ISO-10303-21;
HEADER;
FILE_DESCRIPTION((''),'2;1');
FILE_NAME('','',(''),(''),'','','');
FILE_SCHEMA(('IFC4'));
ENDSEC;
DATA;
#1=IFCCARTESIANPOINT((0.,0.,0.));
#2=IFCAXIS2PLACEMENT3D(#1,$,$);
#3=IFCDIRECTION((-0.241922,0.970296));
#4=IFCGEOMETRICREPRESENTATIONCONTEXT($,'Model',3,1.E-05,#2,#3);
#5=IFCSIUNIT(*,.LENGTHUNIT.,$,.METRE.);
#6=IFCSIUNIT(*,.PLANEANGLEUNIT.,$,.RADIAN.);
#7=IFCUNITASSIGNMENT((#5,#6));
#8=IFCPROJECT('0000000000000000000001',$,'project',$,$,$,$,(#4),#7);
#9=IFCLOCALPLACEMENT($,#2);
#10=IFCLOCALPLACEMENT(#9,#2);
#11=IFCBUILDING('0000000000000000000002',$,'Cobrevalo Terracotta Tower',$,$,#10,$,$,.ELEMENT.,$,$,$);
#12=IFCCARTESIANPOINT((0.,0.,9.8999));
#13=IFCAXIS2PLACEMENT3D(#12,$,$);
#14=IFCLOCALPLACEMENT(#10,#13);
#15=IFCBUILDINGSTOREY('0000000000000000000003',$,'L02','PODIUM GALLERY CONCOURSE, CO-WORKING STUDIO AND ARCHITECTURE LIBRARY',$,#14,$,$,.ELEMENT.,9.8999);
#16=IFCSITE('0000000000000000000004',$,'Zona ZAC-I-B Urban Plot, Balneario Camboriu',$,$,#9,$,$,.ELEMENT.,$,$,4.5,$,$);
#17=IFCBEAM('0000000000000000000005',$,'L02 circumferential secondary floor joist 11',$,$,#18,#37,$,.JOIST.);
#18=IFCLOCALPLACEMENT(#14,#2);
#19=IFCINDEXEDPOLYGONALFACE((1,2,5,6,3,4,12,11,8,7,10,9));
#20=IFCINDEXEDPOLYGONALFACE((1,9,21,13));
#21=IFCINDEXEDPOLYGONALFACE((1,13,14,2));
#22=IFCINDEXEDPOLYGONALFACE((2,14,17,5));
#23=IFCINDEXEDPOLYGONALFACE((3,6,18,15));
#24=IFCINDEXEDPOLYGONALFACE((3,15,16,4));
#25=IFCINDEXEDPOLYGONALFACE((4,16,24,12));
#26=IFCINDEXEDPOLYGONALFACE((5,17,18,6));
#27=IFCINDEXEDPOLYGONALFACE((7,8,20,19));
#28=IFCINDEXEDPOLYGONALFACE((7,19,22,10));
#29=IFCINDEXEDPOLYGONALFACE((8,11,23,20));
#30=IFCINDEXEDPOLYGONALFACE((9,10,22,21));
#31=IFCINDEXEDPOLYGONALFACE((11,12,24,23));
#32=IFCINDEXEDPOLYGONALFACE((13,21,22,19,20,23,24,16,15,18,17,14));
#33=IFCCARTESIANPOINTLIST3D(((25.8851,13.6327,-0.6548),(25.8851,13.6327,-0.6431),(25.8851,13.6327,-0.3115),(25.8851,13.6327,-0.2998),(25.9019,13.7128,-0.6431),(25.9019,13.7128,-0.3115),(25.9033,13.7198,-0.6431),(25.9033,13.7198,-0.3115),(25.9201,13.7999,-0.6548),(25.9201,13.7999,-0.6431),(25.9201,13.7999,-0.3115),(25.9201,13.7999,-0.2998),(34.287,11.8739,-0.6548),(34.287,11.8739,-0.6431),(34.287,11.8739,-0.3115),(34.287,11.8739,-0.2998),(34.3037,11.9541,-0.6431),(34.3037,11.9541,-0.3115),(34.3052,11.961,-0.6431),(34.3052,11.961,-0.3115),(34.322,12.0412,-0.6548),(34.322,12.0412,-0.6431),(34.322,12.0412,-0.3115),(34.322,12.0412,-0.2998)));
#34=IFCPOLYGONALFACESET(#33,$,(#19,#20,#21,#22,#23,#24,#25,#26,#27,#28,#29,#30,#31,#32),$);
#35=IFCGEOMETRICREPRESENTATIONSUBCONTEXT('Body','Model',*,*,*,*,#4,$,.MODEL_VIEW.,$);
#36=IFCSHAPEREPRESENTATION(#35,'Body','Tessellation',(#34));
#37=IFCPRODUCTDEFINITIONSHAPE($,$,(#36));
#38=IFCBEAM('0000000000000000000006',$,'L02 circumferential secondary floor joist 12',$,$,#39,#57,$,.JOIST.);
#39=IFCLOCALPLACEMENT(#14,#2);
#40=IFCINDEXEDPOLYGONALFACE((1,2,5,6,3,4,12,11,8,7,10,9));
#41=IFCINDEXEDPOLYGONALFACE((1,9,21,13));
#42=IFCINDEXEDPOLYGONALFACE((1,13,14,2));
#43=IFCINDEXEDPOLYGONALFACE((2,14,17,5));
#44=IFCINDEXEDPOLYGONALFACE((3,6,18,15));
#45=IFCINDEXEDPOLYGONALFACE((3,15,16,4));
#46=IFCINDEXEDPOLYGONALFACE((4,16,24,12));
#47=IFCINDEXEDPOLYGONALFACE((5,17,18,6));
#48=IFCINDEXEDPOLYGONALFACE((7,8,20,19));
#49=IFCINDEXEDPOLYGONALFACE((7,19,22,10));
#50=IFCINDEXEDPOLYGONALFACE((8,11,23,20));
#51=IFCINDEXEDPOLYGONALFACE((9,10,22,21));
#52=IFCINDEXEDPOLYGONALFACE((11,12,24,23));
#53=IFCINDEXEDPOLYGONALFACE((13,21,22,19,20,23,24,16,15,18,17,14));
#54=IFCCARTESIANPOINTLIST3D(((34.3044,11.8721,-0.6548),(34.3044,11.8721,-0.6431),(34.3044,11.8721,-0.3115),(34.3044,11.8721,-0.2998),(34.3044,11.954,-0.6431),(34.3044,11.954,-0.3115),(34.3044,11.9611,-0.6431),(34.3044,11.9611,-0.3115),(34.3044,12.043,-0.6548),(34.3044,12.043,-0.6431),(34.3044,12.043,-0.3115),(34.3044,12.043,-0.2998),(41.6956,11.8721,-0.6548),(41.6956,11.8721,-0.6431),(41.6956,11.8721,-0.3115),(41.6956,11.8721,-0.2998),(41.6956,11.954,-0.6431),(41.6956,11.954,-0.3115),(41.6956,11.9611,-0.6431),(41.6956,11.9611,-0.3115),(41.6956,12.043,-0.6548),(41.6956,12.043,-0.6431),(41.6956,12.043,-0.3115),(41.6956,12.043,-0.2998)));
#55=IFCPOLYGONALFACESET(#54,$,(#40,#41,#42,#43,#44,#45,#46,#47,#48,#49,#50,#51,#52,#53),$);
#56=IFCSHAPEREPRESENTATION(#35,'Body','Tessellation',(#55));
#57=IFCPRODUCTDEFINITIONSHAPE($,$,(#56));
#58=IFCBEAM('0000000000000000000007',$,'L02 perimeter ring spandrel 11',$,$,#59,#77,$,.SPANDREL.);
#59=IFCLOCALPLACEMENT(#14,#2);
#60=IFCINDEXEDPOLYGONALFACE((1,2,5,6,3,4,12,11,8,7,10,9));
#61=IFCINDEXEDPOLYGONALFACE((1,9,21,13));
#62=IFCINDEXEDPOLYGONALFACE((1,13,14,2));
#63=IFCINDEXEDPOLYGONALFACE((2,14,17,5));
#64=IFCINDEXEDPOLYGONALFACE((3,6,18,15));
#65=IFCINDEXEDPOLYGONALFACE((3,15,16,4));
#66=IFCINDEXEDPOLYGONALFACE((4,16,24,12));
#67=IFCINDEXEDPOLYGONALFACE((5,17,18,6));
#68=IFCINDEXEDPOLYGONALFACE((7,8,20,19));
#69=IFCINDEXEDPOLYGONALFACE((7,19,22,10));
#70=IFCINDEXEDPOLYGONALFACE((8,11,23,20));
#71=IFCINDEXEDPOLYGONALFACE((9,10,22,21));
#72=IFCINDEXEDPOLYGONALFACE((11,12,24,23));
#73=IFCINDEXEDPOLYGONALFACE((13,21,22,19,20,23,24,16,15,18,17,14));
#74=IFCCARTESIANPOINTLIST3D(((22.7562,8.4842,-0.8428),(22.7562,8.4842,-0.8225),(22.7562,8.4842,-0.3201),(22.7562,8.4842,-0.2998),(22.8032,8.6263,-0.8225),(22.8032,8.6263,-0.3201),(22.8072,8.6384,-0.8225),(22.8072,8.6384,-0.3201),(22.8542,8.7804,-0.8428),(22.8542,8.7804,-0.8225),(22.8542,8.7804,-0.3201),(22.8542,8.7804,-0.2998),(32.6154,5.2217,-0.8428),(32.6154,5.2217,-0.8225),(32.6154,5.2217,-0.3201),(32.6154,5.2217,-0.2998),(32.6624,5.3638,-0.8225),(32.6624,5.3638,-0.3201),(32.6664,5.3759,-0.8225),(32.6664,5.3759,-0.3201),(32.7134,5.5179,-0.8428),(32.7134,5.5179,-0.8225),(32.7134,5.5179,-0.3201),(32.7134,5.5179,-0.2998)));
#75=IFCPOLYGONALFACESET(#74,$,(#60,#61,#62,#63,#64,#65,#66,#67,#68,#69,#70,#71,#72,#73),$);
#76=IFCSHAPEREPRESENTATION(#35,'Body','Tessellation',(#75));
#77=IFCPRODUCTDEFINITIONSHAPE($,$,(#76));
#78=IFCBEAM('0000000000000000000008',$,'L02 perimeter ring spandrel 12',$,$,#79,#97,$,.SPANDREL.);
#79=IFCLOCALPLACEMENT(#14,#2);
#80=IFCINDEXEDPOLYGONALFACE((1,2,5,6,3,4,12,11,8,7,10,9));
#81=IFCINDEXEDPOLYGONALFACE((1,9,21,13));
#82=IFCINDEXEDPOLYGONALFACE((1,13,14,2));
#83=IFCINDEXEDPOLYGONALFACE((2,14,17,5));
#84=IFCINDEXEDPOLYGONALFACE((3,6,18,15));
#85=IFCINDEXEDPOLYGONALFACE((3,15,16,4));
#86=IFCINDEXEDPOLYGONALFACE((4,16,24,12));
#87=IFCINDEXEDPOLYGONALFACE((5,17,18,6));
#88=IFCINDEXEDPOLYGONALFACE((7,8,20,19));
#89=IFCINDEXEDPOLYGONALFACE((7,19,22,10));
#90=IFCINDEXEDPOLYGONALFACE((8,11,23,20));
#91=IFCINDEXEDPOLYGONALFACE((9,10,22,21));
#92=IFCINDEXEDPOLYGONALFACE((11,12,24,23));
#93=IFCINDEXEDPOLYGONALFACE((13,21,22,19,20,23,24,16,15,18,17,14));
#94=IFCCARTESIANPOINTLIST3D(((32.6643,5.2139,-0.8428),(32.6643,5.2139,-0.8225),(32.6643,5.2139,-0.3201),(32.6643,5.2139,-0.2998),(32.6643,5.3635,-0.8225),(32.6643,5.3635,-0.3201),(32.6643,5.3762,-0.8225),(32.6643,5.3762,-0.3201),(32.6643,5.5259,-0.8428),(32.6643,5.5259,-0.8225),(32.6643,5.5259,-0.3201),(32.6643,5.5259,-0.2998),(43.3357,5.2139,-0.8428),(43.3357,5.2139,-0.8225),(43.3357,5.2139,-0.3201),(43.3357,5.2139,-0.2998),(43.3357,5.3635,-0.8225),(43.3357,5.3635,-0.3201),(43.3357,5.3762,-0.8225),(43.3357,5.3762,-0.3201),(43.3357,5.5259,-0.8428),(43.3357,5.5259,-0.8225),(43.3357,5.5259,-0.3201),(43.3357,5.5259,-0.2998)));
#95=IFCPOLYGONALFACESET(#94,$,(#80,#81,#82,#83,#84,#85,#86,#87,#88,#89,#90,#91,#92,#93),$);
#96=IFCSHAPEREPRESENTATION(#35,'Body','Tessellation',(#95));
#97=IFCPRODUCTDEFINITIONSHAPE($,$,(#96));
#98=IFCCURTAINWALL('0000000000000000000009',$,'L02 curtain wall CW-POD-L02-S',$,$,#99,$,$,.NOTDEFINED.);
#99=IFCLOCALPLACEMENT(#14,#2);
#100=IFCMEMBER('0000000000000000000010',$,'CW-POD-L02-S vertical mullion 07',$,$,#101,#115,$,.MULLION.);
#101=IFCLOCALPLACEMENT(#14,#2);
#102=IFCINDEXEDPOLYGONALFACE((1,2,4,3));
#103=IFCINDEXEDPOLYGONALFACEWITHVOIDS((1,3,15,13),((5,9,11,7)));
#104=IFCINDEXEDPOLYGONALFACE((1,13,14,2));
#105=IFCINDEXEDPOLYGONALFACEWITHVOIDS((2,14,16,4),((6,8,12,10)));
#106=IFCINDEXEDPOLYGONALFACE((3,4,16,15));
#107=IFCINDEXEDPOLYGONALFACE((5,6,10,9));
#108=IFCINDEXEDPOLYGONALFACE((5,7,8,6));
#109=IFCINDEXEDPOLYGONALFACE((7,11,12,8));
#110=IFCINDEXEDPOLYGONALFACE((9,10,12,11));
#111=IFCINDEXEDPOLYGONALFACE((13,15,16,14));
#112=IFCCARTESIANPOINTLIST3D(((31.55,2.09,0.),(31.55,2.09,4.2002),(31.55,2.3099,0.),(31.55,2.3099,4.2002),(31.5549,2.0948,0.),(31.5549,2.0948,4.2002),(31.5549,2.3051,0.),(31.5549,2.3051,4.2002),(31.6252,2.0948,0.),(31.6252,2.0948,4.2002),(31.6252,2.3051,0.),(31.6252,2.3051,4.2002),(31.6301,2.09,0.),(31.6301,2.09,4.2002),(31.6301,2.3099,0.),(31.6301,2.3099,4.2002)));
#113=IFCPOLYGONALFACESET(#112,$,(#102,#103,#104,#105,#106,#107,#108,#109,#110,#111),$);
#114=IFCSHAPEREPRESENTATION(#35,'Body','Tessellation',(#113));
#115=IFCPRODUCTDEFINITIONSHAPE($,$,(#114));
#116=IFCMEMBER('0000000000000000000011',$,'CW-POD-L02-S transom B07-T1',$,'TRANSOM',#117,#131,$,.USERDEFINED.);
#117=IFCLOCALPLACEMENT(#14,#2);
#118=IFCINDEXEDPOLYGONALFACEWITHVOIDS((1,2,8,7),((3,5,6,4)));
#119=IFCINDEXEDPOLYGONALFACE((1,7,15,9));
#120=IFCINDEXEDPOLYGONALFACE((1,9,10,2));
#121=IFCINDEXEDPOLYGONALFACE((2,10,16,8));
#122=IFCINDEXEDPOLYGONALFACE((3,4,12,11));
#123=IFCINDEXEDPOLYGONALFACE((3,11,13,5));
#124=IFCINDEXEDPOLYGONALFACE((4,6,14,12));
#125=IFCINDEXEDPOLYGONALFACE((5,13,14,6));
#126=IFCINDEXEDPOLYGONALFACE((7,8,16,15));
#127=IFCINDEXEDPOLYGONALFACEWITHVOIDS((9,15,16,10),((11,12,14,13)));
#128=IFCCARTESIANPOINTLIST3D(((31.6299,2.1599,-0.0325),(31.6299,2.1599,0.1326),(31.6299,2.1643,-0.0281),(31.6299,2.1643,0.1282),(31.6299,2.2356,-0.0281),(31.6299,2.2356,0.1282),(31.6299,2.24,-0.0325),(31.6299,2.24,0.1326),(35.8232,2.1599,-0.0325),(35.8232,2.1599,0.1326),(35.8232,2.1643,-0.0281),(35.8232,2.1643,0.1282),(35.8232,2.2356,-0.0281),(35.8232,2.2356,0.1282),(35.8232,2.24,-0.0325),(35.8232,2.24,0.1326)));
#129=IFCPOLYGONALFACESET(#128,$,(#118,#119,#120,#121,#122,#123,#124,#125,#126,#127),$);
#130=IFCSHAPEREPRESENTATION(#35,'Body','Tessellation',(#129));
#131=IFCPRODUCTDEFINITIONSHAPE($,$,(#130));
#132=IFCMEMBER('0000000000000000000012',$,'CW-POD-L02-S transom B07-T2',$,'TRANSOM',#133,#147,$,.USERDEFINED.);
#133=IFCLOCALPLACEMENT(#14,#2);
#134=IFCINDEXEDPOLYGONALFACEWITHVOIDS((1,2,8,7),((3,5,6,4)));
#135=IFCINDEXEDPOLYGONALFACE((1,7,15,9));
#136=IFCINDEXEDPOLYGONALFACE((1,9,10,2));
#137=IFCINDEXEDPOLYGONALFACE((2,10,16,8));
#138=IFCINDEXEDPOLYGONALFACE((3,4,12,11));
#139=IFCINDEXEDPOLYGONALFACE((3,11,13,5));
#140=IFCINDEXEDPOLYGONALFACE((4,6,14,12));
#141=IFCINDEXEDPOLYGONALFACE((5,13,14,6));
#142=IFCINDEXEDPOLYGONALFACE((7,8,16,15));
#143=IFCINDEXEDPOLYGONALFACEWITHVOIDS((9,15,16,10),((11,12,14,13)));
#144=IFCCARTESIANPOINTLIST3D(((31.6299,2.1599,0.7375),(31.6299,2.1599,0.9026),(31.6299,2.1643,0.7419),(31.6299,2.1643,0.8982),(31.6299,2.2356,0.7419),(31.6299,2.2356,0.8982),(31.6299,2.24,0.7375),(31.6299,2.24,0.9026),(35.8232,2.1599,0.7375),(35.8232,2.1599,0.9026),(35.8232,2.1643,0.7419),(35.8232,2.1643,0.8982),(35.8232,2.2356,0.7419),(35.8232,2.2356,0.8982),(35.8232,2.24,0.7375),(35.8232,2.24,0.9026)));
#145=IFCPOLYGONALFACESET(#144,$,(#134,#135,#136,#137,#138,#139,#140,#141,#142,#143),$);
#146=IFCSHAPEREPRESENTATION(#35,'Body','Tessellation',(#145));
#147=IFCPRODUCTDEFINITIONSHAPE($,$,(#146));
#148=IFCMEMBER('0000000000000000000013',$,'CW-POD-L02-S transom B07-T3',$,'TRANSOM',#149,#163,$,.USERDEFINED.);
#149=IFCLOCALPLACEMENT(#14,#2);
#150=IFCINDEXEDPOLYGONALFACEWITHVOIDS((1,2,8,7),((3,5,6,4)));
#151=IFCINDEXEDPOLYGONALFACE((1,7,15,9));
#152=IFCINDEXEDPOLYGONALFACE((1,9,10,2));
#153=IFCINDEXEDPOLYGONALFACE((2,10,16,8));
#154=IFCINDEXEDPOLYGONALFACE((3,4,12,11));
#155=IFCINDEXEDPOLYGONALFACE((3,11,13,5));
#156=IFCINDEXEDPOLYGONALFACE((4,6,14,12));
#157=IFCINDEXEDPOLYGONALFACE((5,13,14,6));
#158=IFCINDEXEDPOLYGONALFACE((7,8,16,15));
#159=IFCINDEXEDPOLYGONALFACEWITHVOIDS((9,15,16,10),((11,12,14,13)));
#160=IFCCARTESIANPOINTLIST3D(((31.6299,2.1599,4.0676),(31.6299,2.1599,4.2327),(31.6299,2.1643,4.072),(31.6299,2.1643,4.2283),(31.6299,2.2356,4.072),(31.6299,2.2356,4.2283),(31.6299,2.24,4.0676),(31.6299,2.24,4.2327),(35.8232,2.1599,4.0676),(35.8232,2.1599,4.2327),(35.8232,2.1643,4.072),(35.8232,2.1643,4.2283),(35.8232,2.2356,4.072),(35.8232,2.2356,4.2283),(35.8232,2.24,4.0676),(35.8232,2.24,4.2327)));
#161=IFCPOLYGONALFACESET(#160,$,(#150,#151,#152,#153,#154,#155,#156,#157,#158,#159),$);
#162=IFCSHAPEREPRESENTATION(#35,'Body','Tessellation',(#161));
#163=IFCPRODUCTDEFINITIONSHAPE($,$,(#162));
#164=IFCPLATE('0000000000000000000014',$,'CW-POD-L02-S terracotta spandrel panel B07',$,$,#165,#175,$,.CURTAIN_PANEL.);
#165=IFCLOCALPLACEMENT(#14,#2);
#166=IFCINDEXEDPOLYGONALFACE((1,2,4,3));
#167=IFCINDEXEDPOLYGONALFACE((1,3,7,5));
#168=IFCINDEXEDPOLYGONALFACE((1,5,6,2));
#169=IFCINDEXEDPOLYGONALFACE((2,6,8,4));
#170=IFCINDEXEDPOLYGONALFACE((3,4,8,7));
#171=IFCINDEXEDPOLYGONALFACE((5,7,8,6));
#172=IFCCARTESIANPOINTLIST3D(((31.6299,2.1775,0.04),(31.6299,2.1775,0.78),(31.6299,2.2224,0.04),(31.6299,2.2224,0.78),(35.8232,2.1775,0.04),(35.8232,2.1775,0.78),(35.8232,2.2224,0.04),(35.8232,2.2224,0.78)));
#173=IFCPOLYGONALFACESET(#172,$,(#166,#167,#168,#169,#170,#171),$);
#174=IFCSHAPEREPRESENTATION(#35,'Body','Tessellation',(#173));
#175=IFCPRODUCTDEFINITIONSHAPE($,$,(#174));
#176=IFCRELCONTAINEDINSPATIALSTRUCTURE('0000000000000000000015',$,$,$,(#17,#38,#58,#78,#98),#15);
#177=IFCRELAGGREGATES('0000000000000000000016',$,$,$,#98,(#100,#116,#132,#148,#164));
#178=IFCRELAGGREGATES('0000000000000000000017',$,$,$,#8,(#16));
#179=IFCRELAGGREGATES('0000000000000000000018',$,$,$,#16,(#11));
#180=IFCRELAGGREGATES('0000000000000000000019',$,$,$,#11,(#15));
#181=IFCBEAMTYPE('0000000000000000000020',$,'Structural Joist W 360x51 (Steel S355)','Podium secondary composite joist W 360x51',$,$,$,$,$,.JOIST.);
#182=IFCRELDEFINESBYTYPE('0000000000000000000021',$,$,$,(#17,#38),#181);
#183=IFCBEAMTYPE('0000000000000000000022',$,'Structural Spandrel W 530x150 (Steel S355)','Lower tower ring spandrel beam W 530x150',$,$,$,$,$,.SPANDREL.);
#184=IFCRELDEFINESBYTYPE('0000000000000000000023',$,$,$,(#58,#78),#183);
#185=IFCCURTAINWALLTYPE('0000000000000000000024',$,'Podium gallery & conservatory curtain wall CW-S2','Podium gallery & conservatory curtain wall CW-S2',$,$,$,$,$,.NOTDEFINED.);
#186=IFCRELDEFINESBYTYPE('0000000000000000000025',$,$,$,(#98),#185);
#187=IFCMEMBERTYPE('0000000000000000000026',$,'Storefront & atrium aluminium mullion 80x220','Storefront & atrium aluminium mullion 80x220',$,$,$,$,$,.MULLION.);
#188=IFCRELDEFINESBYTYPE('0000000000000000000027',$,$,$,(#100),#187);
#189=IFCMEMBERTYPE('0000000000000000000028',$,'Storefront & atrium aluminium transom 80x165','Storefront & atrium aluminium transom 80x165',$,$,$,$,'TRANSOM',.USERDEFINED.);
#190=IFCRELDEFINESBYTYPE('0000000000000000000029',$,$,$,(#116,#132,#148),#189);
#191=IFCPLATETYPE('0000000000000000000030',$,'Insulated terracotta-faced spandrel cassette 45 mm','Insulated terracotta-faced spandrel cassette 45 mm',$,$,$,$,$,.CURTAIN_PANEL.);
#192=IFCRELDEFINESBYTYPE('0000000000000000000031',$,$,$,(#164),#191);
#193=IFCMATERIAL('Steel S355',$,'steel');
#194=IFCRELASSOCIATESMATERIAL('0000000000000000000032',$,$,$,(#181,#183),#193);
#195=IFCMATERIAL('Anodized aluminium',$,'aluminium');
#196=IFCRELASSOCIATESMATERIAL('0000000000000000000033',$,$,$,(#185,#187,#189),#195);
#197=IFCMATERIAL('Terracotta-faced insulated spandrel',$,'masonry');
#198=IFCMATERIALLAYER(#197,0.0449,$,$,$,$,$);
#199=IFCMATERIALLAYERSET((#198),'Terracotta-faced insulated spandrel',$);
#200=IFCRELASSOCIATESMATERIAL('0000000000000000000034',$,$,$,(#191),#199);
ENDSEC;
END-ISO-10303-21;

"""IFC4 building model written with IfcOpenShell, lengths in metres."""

from ifc_helpers import new_model, si_unit, direction, frame, origin, origin_2d, place, context, subcontext, project, spatial, rectangle, hollow_rectangle, i_section, extrude, source, transform, mapped, material, layer, layer_set, material_profile, profile_set, type_object, element, aggregate, save


model = new_model("IFC4")

# Units and contexts
model_context = context("Model", 3, precision=1e-05, world=origin(), true_north=direction((-0.241922, 0.970296)))
body_context = subcontext(model_context, "Body", "Model", "MODEL_VIEW")
ifc_project = project(units=[si_unit("LENGTHUNIT", "METRE"), si_unit("PLANEANGLEUNIT", "RADIAN")], contexts=[model_context])

# Site, building, storey
site_placement = place(None, origin())
site = spatial("IfcSite", under=ifc_project, at=site_placement, Name="Zona ZAC-I-B Urban Plot, Balneario Camboriu", CompositionType="ELEMENT", RefElevation=4.5)
building_placement = place(site_placement, origin())
building = spatial("IfcBuilding", under=site, at=building_placement, Name="Cobrevalo Terracotta Tower", CompositionType="ELEMENT")
storey_placement = place(building_placement, frame((0.0, 0.0, 9.8999)))
storey = spatial("IfcBuildingStorey", under=building, at=storey_placement, Name="L02", Description="PODIUM GALLERY CONCOURSE, CO-WORKING STUDIO AND ARCHITECTURE LIBRARY", CompositionType="ELEMENT", Elevation=9.8999)

# Shared definitions
ifc_material_1 = material(Name="Steel S355", Category="steel")

# Beams
ifc_material_profile_1 = material_profile(ifc_material_1, i_section(OverallWidth=0.1709, OverallDepth=0.355, WebThickness=0.0071, FlangeThickness=0.0117, at=origin_2d()), Name="W 360x51")
ifc_profile_set_1 = profile_set([ifc_material_profile_1], Name="Steel S355")
beam_type_1 = type_object("IfcBeamType", Name="Structural Joist W 360x51 (Steel S355)", Description="Podium secondary composite joist W 360x51", PredefinedType="JOIST", material=ifc_profile_set_1)
beam_1_placement = place(storey_placement, frame((25.9026, 13.7163, -0.4773), z_axis=(0.978785, -0.204892, 0.0), x_axis=(0.204892, 0.978785, 0.0)))
element("IfcBeam", 1, at=beam_1_placement, inside=storey, type_object=beam_type_1, Name="L02 circumferential secondary floor joist 11", PredefinedType="JOIST", context=body_context, shape_type="SweptSolid", body=[
    extrude(i_section(OverallWidth=0.1709, OverallDepth=0.355, WebThickness=0.0071, FlangeThickness=0.0117, at=origin_2d()), origin(), (0.0, 0.0, 1.0), 8.584),
])
beam_2_placement = place(storey_placement, frame((34.3044, 11.9575, -0.4773), z_axis=(1.0, 0.0, 0.0), x_axis=(0.0, 1.0, 0.0)))
element("IfcBeam", 2, at=beam_2_placement, inside=storey, type_object=beam_type_1, Name="L02 circumferential secondary floor joist 12", PredefinedType="JOIST", context=body_context, shape_type="SweptSolid", body=[
    extrude(i_section(OverallWidth=0.1709, OverallDepth=0.355, WebThickness=0.0071, FlangeThickness=0.0117, at=origin_2d()), origin(), (0.0, 0.0, 1.0), 7.3911),
])
ifc_material_profile_2 = material_profile(ifc_material_1, i_section(OverallWidth=0.312, OverallDepth=0.543, WebThickness=0.0127, FlangeThickness=0.0203, at=origin_2d()), Name="W 530x150")
ifc_profile_set_2 = profile_set([ifc_material_profile_2], Name="Steel S355")
beam_type_2 = type_object("IfcBeamType", Name="Structural Spandrel W 530x150 (Steel S355)", Description="Lower tower ring spandrel beam W 530x150", PredefinedType="SPANDREL", material=ifc_profile_set_2)
beam_3_placement = place(storey_placement, frame((22.8052, 8.6323, -0.5713), z_axis=(0.949372, -0.314153, 0.0), x_axis=(0.314153, 0.949372, 0.0)))
element("IfcBeam", 3, at=beam_3_placement, inside=storey, type_object=beam_type_2, Name="L02 perimeter ring spandrel 11", PredefinedType="SPANDREL", context=body_context, shape_type="SweptSolid", body=[
    extrude(i_section(OverallWidth=0.312, OverallDepth=0.543, WebThickness=0.0127, FlangeThickness=0.0203, at=origin_2d()), origin(), (0.0, 0.0, 1.0), 10.385),
])
beam_4_placement = place(storey_placement, frame((32.6643, 5.3699, -0.5713), z_axis=(1.0, 0.0, 0.0), x_axis=(0.0, 1.0, 0.0)))
element("IfcBeam", 4, at=beam_4_placement, inside=storey, type_object=beam_type_2, Name="L02 perimeter ring spandrel 12", PredefinedType="SPANDREL", context=body_context, shape_type="SweptSolid", body=[
    extrude(i_section(OverallWidth=0.312, OverallDepth=0.543, WebThickness=0.0127, FlangeThickness=0.0203, at=origin_2d()), origin(), (0.0, 0.0, 1.0), 10.6714),
])

# Curtain wall, members, plate
ifc_material_2 = material(Name="Anodized aluminium", Category="aluminium")
curtain_wall_type = type_object("IfcCurtainWallType", Name="Podium gallery & conservatory curtain wall CW-S2", Description="Podium gallery & conservatory curtain wall CW-S2", PredefinedType="NOTDEFINED", material=ifc_material_2)
curtain_wall_placement = place(storey_placement, origin())
curtain_wall = element("IfcCurtainWall", 5, at=curtain_wall_placement, inside=storey, type_object=curtain_wall_type, Name="L02 curtain wall CW-POD-L02-S", PredefinedType="NOTDEFINED")
ifc_material_profile_3 = material_profile(ifc_material_2, hollow_rectangle(XDim=0.0801, YDim=0.22, WallThickness=0.0049, at=origin_2d()), Name="CWM 80x220")
ifc_profile_set_3 = profile_set([ifc_material_profile_3], Name="Anodized aluminium")
member_type_1 = type_object("IfcMemberType", Name="Storefront & atrium aluminium mullion 80x220", Description="Storefront & atrium aluminium mullion 80x220", PredefinedType="MULLION", material=ifc_profile_set_3)
shared_shape_1 = source(origin(), body_context, "Body", "SweptSolid", [
    extrude(hollow_rectangle(XDim=0.0801, YDim=0.22, WallThickness=0.0049, at=origin_2d()), origin(), (0.0, 0.0, 1.0), 4.2002),
])
member_1_placement = place(storey_placement, frame((31.5901, 2.2, 0.0), z_axis=(0.0, 0.0, 1.0), x_axis=(1.0, 0.0, 0.0)))
member_1 = element("IfcMember", 6, at=member_1_placement, type_object=member_type_1, Name="CW-POD-L02-S vertical mullion 07", PredefinedType="MULLION", context=body_context, shape_type="MappedRepresentation", body=[
    mapped(shared_shape_1, transform((0.0, 0.0, 0.0), scale=1.0)),
])
ifc_material_profile_4 = material_profile(ifc_material_2, hollow_rectangle(XDim=0.0801, YDim=0.165, WallThickness=0.0044, at=origin_2d()), Name="CWT 80x165")
ifc_profile_set_4 = profile_set([ifc_material_profile_4], Name="Anodized aluminium")
member_type_2 = type_object("IfcMemberType", Name="Storefront & atrium aluminium transom 80x165", Description="Storefront & atrium aluminium transom 80x165", ElementType="TRANSOM", PredefinedType="USERDEFINED", material=ifc_profile_set_4)
shared_shape_2 = source(origin(), body_context, "Body", "SweptSolid", [
    extrude(hollow_rectangle(XDim=0.0801, YDim=0.165, WallThickness=0.0044, at=origin_2d()), origin(), (0.0, 0.0, 1.0), 4.1934),
])
member_2_placement = place(storey_placement, frame((31.6299, 2.2, 0.05), z_axis=(1.0, 0.0, 0.0), x_axis=(0.0, 1.0, 0.0)))
member_2 = element("IfcMember", 7, at=member_2_placement, type_object=member_type_2, Name="CW-POD-L02-S transom B07-T1", ObjectType="TRANSOM", PredefinedType="USERDEFINED", context=body_context, shape_type="MappedRepresentation", body=[
    mapped(shared_shape_2, transform((0.0, 0.0, 0.0), scale=1.0)),
])
member_3_placement = place(storey_placement, frame((31.6299, 2.2, 0.8201), z_axis=(1.0, 0.0, 0.0), x_axis=(0.0, 1.0, 0.0)))
member_3 = element("IfcMember", 8, at=member_3_placement, type_object=member_type_2, Name="CW-POD-L02-S transom B07-T2", ObjectType="TRANSOM", PredefinedType="USERDEFINED", context=body_context, shape_type="MappedRepresentation", body=[
    mapped(shared_shape_2, transform((0.0, 0.0, 0.0), scale=1.0)),
])
member_4_placement = place(storey_placement, frame((31.6299, 2.2, 4.1501), z_axis=(1.0, 0.0, 0.0), x_axis=(0.0, 1.0, 0.0)))
member_4 = element("IfcMember", 9, at=member_4_placement, type_object=member_type_2, Name="CW-POD-L02-S transom B07-T3", ObjectType="TRANSOM", PredefinedType="USERDEFINED", context=body_context, shape_type="MappedRepresentation", body=[
    mapped(shared_shape_2, transform((0.0, 0.0, 0.0), scale=1.0)),
])
ifc_material_3 = material(Name="Terracotta-faced insulated spandrel", Category="masonry")
ifc_layer_1 = layer(ifc_material_3, 0.0449)
ifc_layer_set_1 = layer_set([ifc_layer_1], Name="Terracotta-faced insulated spandrel")
plate_type_1 = type_object("IfcPlateType", Name="Insulated terracotta-faced spandrel cassette 45 mm", Description="Insulated terracotta-faced spandrel cassette 45 mm", PredefinedType="CURTAIN_PANEL", material=ifc_layer_set_1)
shared_shape_3 = source(origin(), body_context, "Body", "SweptSolid", [
    extrude(rectangle(XDim=4.1934, YDim=0.0449, at=origin_2d()), origin(), (0.0, 0.0, 1.0), 0.74),
])
plate_1_placement = place(storey_placement, frame((33.7266, 2.2, 0.04), z_axis=(0.0, 0.0, 1.0), x_axis=(1.0, 0.0, 0.0)))
plate_1 = element("IfcPlate", 10, at=plate_1_placement, type_object=plate_type_1, Name="CW-POD-L02-S terracotta spandrel panel B07", PredefinedType="CURTAIN_PANEL", context=body_context, shape_type="MappedRepresentation", body=[
    mapped(shared_shape_3, transform((0.0, 0.0, 0.0), scale=1.0)),
])
aggregate(curtain_wall, [member_1, member_2, member_3, member_4, plate_1])

save(model, "model.ifc")
